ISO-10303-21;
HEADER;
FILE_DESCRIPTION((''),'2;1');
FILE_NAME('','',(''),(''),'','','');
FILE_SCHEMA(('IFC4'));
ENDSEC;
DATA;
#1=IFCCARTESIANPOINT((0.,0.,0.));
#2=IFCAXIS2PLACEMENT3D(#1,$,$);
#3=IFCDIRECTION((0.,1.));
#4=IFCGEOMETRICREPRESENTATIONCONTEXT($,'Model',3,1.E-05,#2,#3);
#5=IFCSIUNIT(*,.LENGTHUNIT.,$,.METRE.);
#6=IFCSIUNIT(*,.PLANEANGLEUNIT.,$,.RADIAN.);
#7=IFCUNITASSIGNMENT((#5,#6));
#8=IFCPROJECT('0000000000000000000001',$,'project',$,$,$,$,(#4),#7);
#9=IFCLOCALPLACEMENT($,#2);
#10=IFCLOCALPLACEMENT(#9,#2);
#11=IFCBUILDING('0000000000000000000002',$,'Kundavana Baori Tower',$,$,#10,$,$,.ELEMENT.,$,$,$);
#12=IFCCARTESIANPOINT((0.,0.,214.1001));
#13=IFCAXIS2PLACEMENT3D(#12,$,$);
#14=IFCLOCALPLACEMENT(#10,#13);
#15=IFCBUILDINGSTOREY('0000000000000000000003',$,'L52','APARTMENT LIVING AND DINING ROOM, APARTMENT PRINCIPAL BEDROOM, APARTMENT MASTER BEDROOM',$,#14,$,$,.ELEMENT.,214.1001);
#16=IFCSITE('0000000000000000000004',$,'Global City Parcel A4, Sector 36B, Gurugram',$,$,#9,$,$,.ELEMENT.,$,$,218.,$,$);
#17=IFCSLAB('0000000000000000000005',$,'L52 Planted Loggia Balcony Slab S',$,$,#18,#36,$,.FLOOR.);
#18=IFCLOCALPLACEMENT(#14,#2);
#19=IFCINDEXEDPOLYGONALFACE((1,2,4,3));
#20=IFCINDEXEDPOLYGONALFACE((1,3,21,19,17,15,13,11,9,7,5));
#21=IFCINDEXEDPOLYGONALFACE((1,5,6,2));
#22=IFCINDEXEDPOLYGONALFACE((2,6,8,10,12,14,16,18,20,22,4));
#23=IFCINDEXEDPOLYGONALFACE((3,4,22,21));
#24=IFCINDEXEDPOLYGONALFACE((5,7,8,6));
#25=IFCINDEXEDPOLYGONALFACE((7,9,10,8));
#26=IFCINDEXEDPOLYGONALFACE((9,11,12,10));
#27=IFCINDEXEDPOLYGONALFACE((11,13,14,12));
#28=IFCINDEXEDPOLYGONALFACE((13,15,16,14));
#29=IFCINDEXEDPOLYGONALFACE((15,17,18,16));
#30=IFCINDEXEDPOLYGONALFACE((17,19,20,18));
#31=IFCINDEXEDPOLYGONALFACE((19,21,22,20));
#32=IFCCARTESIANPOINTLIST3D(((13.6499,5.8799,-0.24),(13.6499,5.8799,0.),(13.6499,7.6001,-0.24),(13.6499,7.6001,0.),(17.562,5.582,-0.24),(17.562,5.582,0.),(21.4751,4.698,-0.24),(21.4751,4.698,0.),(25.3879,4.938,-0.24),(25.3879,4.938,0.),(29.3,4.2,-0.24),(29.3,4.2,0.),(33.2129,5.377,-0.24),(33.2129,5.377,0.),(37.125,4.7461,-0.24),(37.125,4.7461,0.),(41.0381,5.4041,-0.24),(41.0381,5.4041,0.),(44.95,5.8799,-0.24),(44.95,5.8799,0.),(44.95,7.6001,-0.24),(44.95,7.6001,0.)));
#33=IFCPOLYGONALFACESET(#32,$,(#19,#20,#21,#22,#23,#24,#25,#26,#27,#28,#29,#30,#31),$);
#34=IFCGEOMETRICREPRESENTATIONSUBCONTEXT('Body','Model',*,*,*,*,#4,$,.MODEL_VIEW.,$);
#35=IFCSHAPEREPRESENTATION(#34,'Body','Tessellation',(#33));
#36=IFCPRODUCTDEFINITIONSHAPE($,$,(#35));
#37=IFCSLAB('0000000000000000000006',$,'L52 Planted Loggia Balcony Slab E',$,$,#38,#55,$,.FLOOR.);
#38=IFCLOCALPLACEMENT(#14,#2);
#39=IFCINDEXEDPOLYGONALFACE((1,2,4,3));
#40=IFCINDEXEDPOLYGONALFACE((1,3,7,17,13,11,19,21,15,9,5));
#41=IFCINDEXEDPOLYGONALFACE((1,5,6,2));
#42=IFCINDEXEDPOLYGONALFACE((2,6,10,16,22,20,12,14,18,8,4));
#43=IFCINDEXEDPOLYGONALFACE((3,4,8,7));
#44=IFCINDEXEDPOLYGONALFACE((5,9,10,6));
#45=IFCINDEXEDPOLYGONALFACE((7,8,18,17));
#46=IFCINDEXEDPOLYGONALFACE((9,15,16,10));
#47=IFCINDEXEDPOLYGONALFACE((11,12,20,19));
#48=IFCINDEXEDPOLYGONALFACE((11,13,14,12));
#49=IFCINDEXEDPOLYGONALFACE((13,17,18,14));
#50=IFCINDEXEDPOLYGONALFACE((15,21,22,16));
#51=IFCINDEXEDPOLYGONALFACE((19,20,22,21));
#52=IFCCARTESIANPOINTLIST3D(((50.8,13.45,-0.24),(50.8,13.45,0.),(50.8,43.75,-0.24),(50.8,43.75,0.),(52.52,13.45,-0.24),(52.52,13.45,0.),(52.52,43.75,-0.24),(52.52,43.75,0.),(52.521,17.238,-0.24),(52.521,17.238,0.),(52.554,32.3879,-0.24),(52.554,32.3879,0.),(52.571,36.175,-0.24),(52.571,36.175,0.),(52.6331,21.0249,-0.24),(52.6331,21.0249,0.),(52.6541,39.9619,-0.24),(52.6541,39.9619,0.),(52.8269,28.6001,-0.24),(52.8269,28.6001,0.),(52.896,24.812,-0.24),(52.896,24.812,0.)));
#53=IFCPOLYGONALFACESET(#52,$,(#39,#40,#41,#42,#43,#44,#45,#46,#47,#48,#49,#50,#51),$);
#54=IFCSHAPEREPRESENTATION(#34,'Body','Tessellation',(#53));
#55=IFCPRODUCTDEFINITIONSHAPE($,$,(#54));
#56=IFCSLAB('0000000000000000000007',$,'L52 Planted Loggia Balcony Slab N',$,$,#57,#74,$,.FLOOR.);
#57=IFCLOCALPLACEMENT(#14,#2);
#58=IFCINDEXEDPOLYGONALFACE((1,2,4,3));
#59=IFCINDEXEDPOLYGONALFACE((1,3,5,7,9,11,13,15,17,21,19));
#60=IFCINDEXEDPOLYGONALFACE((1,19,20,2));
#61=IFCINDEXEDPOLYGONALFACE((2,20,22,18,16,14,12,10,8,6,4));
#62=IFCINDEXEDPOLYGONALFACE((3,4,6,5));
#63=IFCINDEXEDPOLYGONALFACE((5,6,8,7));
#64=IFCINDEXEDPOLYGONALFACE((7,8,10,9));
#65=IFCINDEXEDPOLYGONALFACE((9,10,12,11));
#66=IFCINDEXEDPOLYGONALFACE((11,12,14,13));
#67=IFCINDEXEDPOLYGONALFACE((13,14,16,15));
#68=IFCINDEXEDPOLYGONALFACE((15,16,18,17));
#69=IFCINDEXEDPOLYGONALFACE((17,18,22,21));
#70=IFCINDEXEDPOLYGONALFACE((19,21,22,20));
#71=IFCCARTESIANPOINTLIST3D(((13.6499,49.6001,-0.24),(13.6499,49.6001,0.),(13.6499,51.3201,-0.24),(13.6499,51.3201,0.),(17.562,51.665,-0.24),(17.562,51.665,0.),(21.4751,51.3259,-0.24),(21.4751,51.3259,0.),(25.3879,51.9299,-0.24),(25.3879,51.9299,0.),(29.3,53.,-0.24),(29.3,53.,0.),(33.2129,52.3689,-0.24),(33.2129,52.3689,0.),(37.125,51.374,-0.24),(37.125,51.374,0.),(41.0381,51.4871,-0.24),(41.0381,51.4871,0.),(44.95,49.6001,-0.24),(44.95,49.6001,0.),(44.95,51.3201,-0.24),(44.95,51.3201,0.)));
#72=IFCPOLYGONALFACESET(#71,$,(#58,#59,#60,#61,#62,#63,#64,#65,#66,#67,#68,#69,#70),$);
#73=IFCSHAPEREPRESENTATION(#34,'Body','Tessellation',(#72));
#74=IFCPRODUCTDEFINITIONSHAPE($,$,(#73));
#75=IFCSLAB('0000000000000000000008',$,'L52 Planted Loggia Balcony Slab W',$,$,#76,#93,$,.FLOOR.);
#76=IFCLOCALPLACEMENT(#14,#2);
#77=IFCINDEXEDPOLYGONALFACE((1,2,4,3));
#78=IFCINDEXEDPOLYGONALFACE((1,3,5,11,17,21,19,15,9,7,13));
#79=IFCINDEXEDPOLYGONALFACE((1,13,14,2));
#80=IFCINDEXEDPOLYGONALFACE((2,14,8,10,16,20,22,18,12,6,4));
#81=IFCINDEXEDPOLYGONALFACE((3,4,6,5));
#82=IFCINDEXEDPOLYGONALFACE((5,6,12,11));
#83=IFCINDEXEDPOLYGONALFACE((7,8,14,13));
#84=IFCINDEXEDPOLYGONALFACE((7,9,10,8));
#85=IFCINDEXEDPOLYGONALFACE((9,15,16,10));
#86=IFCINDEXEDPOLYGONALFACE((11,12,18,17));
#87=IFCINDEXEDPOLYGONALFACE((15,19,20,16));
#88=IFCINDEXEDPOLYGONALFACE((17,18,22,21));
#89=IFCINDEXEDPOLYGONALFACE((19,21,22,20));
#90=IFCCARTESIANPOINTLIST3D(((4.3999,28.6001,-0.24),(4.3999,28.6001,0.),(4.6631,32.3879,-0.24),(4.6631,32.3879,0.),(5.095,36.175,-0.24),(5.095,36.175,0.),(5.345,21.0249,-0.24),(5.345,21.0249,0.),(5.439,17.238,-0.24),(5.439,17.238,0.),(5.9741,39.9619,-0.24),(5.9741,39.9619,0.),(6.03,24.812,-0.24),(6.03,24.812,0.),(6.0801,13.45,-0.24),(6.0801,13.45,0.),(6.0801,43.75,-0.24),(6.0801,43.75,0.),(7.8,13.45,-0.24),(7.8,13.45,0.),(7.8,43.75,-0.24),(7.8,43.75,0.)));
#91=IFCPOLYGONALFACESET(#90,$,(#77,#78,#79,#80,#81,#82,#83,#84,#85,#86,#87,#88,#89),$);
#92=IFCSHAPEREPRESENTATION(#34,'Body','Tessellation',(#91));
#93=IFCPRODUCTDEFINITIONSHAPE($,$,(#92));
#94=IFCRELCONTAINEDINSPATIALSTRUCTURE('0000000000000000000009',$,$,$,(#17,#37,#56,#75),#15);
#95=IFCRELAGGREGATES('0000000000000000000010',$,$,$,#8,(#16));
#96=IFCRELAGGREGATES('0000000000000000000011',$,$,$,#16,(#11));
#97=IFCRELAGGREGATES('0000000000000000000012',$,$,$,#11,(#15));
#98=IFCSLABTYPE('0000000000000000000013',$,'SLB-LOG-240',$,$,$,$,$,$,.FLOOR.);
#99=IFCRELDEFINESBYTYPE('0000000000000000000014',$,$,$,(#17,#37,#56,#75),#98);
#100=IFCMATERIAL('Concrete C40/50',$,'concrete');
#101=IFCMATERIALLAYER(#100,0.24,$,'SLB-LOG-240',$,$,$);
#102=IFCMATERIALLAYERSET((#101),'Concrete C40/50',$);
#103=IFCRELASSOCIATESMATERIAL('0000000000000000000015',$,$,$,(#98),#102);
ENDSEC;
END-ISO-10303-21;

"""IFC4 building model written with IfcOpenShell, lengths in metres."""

from ifc_helpers import new_model, si_unit, direction, frame, origin, place, context, subcontext, project, spatial, polyline, outline, extrude, material, layer, layer_set, type_object, element, save


model = new_model("IFC4")

# Units and contexts
model_context = context("Model", 3, precision=1e-05, world=origin(), true_north=direction((0.0, 1.0)))
body_context = subcontext(model_context, "Body", "Model", "MODEL_VIEW")
ifc_project = project(units=[si_unit("LENGTHUNIT", "METRE"), si_unit("PLANEANGLEUNIT", "RADIAN")], contexts=[model_context])

# Site, building, storey
site_placement = place(None, origin())
site = spatial("IfcSite", under=ifc_project, at=site_placement, Name="Global City Parcel A4, Sector 36B, Gurugram", CompositionType="ELEMENT", RefElevation=218.0)
building_placement = place(site_placement, origin())
building = spatial("IfcBuilding", under=site, at=building_placement, Name="Kundavana Baori Tower", CompositionType="ELEMENT")
storey_placement = place(building_placement, frame((0.0, 0.0, 214.1001)))
storey = spatial("IfcBuildingStorey", under=building, at=storey_placement, Name="L52", Description="APARTMENT LIVING AND DINING ROOM, APARTMENT PRINCIPAL BEDROOM, APARTMENT MASTER BEDROOM", CompositionType="ELEMENT", Elevation=214.1001)

# Slabs
ifc_material_1 = material(Name="Concrete C40/50", Category="concrete")
ifc_layer_1 = layer(ifc_material_1, 0.24, Name="SLB-LOG-240")
ifc_layer_set_1 = layer_set([ifc_layer_1], Name="Concrete C40/50")
slab_type_1 = type_object("IfcSlabType", Name="SLB-LOG-240", PredefinedType="FLOOR", material=ifc_layer_set_1)
slab_1_placement = place(storey_placement, frame((0.0, 0.0, -0.24)))
element("IfcSlab", 1, at=slab_1_placement, inside=storey, type_object=slab_type_1, Name="L52 Planted Loggia Balcony Slab S", PredefinedType="FLOOR", context=body_context, shape_type="SweptSolid", body=[
    extrude(outline(polyline([(13.6499, 7.6001), (44.95, 7.6001), (44.95, 5.8799), (41.0381, 5.4041), (37.125, 4.7461), (33.2129, 5.377), (29.3, 4.2), (25.3879, 4.938), (21.4751, 4.698), (17.562, 5.582), (13.6499, 5.8799), (13.6499, 7.6001)])), origin(), (0.0, 0.0, 1.0), 0.24),
])
slab_2_placement = place(storey_placement, frame((0.0, 0.0, -0.24)))
element("IfcSlab", 2, at=slab_2_placement, inside=storey, type_object=slab_type_1, Name="L52 Planted Loggia Balcony Slab E", PredefinedType="FLOOR", context=body_context, shape_type="SweptSolid", body=[
    extrude(outline(polyline([(50.8, 13.45), (50.8, 43.75), (52.52, 43.75), (52.6541, 39.9619), (52.571, 36.175), (52.554, 32.3879), (52.8269, 28.6001), (52.896, 24.812), (52.6331, 21.0249), (52.521, 17.238), (52.52, 13.45), (50.8, 13.45)])), origin(), (0.0, 0.0, 1.0), 0.24),
])
slab_3_placement = place(storey_placement, frame((0.0, 0.0, -0.24)))
element("IfcSlab", 3, at=slab_3_placement, inside=storey, type_object=slab_type_1, Name="L52 Planted Loggia Balcony Slab N", PredefinedType="FLOOR", context=body_context, shape_type="SweptSolid", body=[
    extrude(outline(polyline([(44.95, 49.6001), (13.6499, 49.6001), (13.6499, 51.3201), (17.562, 51.665), (21.4751, 51.3259), (25.3879, 51.9299), (29.3, 53.0), (33.2129, 52.3689), (37.125, 51.374), (41.0381, 51.4871), (44.95, 51.3201), (44.95, 49.6001)])), origin(), (0.0, 0.0, 1.0), 0.24),
])
slab_4_placement = place(storey_placement, frame((0.0, 0.0, -0.24)))
element("IfcSlab", 4, at=slab_4_placement, inside=storey, type_object=slab_type_1, Name="L52 Planted Loggia Balcony Slab W", PredefinedType="FLOOR", context=body_context, shape_type="SweptSolid", body=[
    extrude(outline(polyline([(7.8, 43.75), (7.8, 13.45), (6.0801, 13.45), (5.439, 17.238), (5.345, 21.0249), (6.03, 24.812), (4.3999, 28.6001), (4.6631, 32.3879), (5.095, 36.175), (5.9741, 39.9619), (6.0801, 43.75), (7.8, 43.75)])), origin(), (0.0, 0.0, 1.0), 0.24),
])

save(model, "model.ifc")
